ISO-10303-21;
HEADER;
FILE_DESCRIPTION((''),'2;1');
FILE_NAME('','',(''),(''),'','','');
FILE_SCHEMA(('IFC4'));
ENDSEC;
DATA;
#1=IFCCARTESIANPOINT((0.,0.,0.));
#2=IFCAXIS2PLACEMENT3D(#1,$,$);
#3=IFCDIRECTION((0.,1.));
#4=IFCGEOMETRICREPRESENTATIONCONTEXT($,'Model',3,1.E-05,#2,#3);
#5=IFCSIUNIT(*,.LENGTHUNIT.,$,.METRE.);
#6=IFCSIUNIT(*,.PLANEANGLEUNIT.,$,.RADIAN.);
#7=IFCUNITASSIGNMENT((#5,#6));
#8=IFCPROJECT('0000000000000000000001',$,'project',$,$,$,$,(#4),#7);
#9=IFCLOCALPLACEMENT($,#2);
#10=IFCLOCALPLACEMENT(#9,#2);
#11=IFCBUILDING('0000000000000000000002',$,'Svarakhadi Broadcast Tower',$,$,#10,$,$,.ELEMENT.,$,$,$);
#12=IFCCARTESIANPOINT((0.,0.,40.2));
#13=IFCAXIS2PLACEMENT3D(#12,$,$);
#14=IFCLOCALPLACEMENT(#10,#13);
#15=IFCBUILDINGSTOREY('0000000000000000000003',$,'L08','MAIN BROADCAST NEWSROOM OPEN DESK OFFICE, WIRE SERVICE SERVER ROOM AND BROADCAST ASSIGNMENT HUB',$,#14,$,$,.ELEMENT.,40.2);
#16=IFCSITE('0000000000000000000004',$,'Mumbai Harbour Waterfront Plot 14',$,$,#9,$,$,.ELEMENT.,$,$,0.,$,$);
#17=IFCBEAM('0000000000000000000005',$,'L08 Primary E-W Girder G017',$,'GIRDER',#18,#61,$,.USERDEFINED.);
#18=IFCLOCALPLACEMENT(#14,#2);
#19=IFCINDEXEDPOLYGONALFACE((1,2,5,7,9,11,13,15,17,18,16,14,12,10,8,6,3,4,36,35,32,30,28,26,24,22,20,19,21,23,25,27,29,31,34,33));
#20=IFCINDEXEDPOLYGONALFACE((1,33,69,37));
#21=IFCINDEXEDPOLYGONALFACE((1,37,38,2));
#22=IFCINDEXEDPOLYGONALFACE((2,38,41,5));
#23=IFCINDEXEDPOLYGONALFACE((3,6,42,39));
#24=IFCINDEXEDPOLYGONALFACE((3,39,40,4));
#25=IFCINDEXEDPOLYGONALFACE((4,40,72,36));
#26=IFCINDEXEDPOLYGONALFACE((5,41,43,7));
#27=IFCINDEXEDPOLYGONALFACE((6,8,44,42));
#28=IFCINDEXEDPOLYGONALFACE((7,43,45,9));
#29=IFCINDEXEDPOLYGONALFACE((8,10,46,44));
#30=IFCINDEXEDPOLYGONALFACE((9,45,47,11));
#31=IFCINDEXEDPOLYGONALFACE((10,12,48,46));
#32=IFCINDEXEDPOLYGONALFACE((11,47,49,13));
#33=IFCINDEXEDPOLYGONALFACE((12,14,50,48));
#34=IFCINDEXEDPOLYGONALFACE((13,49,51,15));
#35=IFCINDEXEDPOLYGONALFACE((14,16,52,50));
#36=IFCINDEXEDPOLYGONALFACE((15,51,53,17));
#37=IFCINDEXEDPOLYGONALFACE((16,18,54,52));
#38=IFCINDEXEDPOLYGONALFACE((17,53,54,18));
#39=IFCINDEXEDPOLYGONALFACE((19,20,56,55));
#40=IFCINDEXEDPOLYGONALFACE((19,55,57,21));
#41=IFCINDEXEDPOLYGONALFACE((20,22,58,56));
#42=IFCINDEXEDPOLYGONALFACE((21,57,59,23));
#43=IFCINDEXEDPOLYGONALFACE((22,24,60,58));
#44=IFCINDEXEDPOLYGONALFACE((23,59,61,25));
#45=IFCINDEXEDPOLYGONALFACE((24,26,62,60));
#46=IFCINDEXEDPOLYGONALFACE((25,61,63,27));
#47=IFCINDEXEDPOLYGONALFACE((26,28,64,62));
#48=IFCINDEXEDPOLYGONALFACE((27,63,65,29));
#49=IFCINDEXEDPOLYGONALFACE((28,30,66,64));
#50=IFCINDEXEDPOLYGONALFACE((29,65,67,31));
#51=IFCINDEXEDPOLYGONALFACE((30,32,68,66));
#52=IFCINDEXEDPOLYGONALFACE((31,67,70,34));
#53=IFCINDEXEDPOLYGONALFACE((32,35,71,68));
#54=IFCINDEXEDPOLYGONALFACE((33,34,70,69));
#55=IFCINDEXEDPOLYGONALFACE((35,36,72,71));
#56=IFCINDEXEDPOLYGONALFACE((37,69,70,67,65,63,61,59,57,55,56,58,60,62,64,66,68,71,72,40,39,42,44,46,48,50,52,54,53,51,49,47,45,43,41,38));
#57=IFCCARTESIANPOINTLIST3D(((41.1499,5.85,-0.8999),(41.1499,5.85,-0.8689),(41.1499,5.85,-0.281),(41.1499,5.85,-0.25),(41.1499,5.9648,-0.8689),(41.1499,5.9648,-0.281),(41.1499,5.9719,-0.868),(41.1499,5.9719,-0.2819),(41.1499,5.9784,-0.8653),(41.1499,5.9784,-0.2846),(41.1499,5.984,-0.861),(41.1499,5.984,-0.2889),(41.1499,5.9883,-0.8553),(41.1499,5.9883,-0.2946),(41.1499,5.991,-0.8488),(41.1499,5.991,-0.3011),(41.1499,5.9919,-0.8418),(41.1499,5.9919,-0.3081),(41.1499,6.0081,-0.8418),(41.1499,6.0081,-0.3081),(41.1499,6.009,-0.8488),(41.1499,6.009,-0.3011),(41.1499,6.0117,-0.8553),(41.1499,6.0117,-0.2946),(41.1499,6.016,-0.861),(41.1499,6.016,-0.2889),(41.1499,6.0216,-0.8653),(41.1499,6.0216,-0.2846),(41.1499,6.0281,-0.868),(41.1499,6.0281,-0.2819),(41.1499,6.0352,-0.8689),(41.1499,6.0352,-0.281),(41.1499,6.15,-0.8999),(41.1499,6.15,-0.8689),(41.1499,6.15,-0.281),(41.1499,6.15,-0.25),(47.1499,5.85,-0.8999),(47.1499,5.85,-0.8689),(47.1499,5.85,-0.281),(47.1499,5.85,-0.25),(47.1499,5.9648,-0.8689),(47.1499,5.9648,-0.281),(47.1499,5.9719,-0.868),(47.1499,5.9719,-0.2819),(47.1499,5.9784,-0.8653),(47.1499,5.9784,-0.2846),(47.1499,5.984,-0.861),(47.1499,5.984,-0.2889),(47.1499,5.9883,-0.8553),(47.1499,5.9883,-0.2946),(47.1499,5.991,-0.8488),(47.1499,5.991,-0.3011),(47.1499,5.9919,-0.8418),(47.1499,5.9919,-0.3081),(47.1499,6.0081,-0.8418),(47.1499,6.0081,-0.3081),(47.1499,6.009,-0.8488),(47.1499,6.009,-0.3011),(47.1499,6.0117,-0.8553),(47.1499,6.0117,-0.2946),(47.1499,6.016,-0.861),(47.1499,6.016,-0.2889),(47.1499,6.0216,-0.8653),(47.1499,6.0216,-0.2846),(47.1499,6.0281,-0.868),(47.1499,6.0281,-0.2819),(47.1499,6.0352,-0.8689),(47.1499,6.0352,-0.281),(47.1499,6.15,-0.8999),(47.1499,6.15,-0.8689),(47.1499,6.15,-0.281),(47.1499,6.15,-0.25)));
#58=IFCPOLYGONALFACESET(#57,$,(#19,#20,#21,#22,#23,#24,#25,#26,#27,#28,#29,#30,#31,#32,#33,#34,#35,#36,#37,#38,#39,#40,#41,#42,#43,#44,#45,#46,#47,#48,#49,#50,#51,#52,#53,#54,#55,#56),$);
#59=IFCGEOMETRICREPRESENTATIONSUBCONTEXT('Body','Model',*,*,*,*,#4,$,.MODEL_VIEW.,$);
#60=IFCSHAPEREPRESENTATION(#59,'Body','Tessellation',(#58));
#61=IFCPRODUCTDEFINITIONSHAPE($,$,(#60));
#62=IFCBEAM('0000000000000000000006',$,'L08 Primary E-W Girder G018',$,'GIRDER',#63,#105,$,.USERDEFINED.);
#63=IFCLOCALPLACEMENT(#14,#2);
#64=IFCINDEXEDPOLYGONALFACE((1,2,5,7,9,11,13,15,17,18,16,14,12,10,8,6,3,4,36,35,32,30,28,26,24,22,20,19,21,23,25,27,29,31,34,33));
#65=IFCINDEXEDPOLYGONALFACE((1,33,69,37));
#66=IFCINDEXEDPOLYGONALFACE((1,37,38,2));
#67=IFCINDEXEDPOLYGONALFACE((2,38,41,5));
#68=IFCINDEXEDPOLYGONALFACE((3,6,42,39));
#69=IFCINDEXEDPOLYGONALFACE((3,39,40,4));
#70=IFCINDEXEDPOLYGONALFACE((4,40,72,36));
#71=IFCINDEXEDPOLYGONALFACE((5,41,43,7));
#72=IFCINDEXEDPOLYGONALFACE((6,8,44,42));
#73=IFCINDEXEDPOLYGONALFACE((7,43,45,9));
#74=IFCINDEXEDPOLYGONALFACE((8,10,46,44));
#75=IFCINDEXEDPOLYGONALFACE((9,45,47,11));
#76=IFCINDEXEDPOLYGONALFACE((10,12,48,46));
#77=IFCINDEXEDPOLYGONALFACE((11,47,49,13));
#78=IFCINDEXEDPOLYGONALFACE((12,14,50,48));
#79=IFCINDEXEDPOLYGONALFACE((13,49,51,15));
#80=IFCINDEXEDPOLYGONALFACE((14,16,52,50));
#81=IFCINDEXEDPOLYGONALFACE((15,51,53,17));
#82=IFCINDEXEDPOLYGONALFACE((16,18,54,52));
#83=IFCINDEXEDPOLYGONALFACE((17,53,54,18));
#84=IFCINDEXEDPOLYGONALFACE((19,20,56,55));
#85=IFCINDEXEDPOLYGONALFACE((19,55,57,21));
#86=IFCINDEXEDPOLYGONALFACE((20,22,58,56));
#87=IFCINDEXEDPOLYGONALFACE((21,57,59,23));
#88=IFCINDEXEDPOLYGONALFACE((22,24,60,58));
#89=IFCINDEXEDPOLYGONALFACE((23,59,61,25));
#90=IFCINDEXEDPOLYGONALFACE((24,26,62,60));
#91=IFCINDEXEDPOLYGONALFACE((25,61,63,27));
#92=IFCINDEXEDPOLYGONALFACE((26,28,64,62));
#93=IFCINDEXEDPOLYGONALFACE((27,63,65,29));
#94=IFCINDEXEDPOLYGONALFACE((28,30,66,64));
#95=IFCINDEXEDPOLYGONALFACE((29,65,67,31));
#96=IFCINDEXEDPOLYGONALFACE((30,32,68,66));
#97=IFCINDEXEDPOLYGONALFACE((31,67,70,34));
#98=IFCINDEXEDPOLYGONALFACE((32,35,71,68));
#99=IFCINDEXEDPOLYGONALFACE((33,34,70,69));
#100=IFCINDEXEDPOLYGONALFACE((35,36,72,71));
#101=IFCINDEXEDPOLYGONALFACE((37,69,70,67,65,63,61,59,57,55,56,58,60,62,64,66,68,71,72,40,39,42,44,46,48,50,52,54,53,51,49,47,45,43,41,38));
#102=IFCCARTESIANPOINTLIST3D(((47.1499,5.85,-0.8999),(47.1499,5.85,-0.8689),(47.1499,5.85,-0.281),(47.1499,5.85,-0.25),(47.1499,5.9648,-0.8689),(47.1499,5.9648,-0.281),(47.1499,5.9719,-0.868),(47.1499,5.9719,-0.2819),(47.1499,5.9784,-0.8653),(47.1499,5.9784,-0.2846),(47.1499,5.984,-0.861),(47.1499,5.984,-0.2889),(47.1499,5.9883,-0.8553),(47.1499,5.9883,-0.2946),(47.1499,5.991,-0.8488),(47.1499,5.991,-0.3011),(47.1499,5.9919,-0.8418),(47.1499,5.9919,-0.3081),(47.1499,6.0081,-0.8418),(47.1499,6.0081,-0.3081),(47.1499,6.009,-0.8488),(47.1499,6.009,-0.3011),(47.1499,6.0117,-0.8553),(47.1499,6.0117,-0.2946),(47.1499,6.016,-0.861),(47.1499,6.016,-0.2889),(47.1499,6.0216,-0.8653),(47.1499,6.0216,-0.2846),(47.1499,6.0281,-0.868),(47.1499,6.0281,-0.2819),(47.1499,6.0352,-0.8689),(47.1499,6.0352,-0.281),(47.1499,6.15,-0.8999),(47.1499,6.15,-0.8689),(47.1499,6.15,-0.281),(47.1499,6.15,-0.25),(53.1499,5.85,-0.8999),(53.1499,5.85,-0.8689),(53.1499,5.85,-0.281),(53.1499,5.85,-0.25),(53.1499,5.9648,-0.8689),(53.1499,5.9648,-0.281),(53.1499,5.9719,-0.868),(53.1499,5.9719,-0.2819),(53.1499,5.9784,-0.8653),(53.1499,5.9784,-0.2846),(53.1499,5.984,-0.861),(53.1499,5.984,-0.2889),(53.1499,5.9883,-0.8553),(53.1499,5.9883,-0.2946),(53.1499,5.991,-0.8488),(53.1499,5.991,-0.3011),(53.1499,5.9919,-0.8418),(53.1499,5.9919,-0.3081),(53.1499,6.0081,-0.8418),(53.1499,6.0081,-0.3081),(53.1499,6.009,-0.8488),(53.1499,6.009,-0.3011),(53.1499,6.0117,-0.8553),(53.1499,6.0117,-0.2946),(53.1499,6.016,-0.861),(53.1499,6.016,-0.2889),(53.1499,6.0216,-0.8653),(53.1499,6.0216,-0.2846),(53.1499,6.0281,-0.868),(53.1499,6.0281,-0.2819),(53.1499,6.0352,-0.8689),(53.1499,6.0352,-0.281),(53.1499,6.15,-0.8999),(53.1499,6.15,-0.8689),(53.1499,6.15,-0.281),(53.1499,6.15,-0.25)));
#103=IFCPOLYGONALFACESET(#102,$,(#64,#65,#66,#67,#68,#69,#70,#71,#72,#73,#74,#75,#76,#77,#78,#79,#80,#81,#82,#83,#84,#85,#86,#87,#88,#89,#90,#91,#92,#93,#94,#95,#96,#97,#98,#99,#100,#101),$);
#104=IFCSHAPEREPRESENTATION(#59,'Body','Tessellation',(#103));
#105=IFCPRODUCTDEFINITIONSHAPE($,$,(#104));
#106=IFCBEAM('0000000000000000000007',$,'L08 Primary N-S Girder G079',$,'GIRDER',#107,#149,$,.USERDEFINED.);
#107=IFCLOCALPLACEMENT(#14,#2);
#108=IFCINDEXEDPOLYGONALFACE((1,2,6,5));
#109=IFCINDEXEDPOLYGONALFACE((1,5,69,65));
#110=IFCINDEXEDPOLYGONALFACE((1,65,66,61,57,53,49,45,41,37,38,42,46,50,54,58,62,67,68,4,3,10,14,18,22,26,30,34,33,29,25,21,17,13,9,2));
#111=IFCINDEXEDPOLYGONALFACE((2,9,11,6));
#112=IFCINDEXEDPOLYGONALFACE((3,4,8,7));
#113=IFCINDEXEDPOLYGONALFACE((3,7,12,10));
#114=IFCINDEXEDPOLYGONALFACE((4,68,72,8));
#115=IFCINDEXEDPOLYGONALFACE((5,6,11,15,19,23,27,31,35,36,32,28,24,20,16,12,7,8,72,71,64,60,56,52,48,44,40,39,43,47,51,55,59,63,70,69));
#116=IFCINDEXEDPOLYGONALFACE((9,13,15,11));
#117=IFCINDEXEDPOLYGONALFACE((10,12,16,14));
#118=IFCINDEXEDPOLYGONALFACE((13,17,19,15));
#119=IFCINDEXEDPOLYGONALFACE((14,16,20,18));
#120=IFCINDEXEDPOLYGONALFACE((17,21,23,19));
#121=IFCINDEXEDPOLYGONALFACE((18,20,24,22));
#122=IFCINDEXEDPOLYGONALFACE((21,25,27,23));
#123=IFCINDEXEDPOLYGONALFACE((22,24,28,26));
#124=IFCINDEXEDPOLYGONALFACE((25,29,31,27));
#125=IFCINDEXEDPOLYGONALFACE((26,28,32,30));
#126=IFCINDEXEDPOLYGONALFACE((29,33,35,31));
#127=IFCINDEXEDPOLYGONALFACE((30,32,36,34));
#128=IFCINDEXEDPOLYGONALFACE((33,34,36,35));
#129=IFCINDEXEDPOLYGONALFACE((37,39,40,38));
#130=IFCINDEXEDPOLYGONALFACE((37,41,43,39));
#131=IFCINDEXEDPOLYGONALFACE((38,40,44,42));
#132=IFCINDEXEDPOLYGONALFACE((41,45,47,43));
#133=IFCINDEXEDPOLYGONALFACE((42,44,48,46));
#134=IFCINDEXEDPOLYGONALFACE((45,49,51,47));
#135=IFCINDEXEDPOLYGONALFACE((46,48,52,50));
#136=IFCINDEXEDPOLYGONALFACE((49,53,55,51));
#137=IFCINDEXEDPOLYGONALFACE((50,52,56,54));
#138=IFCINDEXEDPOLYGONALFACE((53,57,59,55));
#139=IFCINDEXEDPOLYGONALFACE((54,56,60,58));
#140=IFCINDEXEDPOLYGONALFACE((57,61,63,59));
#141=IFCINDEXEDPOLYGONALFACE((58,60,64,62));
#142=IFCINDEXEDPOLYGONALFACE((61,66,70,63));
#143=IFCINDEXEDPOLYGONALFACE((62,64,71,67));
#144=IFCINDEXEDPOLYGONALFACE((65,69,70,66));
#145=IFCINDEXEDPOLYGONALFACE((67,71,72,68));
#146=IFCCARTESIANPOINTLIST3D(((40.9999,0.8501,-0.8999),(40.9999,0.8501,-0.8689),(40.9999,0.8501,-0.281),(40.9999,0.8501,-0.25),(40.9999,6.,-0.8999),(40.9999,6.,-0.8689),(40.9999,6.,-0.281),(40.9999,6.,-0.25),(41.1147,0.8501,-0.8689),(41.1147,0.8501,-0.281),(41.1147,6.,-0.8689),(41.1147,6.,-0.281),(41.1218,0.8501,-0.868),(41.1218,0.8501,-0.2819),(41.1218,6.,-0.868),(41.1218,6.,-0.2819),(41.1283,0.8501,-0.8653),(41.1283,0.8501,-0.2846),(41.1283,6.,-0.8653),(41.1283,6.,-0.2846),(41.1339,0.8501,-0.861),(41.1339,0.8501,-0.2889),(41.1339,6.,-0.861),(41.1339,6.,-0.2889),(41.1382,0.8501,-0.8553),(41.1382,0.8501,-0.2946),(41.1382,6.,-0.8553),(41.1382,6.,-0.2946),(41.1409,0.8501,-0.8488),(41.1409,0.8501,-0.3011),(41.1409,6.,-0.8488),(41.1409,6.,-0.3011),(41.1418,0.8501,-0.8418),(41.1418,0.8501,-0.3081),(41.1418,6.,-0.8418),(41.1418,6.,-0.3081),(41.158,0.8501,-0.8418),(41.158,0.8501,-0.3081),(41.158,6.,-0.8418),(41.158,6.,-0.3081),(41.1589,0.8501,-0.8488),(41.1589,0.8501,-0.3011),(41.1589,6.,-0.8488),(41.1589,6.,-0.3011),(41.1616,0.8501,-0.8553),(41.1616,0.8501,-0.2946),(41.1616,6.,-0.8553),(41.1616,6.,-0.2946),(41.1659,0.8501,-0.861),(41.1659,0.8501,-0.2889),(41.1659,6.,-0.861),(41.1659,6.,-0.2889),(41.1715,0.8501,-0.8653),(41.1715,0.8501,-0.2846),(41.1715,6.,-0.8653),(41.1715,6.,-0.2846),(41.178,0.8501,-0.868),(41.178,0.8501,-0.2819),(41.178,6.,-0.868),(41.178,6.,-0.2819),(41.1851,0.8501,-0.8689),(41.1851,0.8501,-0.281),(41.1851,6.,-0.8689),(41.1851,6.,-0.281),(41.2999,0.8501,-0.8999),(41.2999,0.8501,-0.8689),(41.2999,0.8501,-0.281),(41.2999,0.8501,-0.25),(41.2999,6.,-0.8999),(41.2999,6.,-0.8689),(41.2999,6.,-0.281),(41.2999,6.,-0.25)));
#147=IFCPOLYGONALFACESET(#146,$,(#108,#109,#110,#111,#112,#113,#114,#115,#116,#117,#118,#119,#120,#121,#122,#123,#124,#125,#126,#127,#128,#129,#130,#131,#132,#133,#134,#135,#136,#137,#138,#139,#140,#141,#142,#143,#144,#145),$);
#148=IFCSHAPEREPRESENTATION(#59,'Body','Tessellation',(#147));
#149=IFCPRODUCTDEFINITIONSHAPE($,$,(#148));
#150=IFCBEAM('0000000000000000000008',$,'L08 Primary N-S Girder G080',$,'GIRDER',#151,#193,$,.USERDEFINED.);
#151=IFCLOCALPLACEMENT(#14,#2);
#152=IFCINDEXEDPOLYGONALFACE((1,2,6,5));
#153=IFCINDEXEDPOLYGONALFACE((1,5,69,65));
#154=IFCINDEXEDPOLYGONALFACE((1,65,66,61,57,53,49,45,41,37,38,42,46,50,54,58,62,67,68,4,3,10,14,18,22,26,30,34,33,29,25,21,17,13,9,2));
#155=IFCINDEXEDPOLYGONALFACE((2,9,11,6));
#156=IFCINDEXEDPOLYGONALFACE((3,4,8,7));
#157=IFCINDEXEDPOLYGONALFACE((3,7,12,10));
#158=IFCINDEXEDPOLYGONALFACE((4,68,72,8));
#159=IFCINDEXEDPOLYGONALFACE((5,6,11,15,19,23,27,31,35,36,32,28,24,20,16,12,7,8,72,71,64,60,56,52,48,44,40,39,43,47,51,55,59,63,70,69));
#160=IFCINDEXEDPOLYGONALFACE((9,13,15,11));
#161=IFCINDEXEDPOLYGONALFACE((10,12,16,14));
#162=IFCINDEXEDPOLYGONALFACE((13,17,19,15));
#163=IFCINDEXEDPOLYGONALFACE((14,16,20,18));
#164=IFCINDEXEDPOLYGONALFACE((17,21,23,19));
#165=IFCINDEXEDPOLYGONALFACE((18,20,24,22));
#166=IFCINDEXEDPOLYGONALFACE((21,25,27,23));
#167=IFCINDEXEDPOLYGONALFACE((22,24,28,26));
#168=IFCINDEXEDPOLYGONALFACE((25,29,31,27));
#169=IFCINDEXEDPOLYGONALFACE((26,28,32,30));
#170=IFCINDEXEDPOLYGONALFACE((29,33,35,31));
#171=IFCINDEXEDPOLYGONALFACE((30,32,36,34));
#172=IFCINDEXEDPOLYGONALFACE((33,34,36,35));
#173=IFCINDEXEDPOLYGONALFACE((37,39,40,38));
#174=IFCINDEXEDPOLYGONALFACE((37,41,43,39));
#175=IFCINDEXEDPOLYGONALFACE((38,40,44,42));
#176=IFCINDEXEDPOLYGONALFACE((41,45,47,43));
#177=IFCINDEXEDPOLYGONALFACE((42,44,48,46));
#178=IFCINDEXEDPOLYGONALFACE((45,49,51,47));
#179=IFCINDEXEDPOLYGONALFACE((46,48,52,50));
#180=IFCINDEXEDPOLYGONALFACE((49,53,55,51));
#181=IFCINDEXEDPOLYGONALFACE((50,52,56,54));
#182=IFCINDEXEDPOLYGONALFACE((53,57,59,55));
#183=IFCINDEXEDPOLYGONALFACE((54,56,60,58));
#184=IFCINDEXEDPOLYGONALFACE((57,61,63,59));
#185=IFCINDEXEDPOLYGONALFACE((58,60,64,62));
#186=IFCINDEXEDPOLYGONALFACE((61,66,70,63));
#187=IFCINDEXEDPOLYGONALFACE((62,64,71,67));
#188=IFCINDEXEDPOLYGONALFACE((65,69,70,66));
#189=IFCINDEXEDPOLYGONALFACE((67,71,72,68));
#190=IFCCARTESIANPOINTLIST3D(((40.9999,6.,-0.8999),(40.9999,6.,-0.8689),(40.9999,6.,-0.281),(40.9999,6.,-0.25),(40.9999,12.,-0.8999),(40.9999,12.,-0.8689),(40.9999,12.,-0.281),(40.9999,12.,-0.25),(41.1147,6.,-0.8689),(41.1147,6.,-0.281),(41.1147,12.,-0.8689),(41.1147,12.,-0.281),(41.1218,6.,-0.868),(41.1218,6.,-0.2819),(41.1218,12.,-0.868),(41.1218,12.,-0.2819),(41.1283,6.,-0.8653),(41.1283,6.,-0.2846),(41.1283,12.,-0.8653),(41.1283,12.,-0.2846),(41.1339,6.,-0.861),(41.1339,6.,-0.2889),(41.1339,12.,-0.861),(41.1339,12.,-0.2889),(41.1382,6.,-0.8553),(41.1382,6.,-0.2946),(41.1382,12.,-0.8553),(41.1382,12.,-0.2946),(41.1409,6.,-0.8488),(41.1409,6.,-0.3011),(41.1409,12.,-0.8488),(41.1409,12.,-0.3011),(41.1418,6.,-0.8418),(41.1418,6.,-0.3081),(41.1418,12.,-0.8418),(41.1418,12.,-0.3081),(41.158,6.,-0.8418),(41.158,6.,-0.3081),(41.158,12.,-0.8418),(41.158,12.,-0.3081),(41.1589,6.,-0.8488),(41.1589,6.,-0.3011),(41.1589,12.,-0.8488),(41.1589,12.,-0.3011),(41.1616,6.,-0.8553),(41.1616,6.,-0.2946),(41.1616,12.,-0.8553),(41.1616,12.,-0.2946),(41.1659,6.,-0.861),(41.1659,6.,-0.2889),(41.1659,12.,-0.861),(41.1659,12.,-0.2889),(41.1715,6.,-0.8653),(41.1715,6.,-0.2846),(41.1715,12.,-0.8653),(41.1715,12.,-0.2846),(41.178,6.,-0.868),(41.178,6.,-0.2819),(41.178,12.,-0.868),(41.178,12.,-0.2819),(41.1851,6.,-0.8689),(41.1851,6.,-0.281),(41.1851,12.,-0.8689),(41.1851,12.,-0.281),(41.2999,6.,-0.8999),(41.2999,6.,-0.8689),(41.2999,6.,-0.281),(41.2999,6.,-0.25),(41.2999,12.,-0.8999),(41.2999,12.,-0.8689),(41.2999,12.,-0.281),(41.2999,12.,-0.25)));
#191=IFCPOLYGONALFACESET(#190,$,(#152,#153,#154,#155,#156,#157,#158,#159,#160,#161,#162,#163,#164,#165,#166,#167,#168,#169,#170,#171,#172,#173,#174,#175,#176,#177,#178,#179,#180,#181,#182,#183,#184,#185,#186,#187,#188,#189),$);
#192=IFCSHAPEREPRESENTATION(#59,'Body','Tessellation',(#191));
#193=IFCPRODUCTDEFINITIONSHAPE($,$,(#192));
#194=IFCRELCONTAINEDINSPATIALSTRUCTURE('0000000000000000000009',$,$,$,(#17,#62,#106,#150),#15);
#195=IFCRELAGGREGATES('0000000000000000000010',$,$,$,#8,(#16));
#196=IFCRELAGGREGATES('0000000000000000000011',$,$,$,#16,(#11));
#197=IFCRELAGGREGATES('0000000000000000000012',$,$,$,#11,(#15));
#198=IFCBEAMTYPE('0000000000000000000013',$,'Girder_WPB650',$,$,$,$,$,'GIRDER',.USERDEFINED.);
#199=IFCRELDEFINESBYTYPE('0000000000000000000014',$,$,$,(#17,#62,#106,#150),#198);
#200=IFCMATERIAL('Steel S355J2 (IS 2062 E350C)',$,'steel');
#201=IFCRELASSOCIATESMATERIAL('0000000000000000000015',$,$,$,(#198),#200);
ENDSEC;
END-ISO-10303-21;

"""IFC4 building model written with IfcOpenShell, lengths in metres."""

from ifc_helpers import new_model, si_unit, direction, frame, origin, origin_2d, place, context, subcontext, project, spatial, i_section, extrude, material, material_profile, profile_set, type_object, element, save


model = new_model("IFC4")

# Units and contexts
model_context = context("Model", 3, precision=1e-05, world=origin(), true_north=direction((0.0, 1.0)))
body_context = subcontext(model_context, "Body", "Model", "MODEL_VIEW")
ifc_project = project(units=[si_unit("LENGTHUNIT", "METRE"), si_unit("PLANEANGLEUNIT", "RADIAN")], contexts=[model_context])

# Site, building, storey
site_placement = place(None, origin())
site = spatial("IfcSite", under=ifc_project, at=site_placement, Name="Mumbai Harbour Waterfront Plot 14", CompositionType="ELEMENT", RefElevation=0.0)
building_placement = place(site_placement, origin())
building = spatial("IfcBuilding", under=site, at=building_placement, Name="Svarakhadi Broadcast Tower", CompositionType="ELEMENT")
storey_placement = place(building_placement, frame((0.0, 0.0, 40.2)))
storey = spatial("IfcBuildingStorey", under=building, at=storey_placement, Name="L08", Description="MAIN BROADCAST NEWSROOM OPEN DESK OFFICE, WIRE SERVICE SERVER ROOM AND BROADCAST ASSIGNMENT HUB", CompositionType="ELEMENT", Elevation=40.2)

# Beams
ifc_material_1 = material(Name="Steel S355J2 (IS 2062 E350C)", Category="steel")
ifc_material_profile_1 = material_profile(ifc_material_1, i_section(OverallWidth=0.3, OverallDepth=0.6499, WebThickness=0.0161, FlangeThickness=0.031, FilletRadius=0.0271, at=origin_2d()), Name="WPB 650x300x225")
ifc_profile_set_1 = profile_set([ifc_material_profile_1], Name="Steel S355J2 (IS 2062 E350C)")
beam_type_1 = type_object("IfcBeamType", Name="Girder_WPB650", ElementType="GIRDER", PredefinedType="USERDEFINED", material=ifc_profile_set_1)
for number, where, z_axis, x_axis, name in (
    (1, (41.1499, 6.0, -0.575), (1.0, 0.0, 0.0), (0.0, 1.0, 0.0), "L08 Primary E-W Girder G017"),
    (2, (47.1499, 6.0, -0.575), (1.0, 0.0, 0.0), (0.0, 1.0, 0.0), "L08 Primary E-W Girder G018"),
):
    element("IfcBeam", number, at=place(storey_placement, frame(where, z_axis=z_axis, x_axis=x_axis)), inside=storey, type_object=beam_type_1, Name=name, ObjectType="GIRDER", PredefinedType="USERDEFINED", context=body_context, shape_type="SweptSolid", body=[
        extrude(i_section(OverallWidth=0.3, OverallDepth=0.6499, WebThickness=0.0161, FlangeThickness=0.031, FilletRadius=0.0271, at=origin_2d()), origin(), (0.0, 0.0, 1.0), 6.0),
    ])
beam_1_placement = place(storey_placement, frame((41.1499, 0.8501, -0.575), z_axis=(0.0, 1.0, 0.0), x_axis=(-1.0, 0.0, 0.0)))
element("IfcBeam", 3, at=beam_1_placement, inside=storey, type_object=beam_type_1, Name="L08 Primary N-S Girder G079", ObjectType="GIRDER", PredefinedType="USERDEFINED", context=body_context, shape_type="SweptSolid", body=[
    extrude(i_section(OverallWidth=0.3, OverallDepth=0.6499, WebThickness=0.0161, FlangeThickness=0.031, FilletRadius=0.0271, at=origin_2d()), origin(), (0.0, 0.0, 1.0), 5.1499),
])
beam_2_placement = place(storey_placement, frame((41.1499, 6.0, -0.575), z_axis=(0.0, 1.0, 0.0), x_axis=(-1.0, 0.0, 0.0)))
element("IfcBeam", 4, at=beam_2_placement, inside=storey, type_object=beam_type_1, Name="L08 Primary N-S Girder G080", ObjectType="GIRDER", PredefinedType="USERDEFINED", context=body_context, shape_type="SweptSolid", body=[
    extrude(i_section(OverallWidth=0.3, OverallDepth=0.6499, WebThickness=0.0161, FlangeThickness=0.031, FilletRadius=0.0271, at=origin_2d()), origin(), (0.0, 0.0, 1.0), 6.0),
])

save(model, "model.ifc")
